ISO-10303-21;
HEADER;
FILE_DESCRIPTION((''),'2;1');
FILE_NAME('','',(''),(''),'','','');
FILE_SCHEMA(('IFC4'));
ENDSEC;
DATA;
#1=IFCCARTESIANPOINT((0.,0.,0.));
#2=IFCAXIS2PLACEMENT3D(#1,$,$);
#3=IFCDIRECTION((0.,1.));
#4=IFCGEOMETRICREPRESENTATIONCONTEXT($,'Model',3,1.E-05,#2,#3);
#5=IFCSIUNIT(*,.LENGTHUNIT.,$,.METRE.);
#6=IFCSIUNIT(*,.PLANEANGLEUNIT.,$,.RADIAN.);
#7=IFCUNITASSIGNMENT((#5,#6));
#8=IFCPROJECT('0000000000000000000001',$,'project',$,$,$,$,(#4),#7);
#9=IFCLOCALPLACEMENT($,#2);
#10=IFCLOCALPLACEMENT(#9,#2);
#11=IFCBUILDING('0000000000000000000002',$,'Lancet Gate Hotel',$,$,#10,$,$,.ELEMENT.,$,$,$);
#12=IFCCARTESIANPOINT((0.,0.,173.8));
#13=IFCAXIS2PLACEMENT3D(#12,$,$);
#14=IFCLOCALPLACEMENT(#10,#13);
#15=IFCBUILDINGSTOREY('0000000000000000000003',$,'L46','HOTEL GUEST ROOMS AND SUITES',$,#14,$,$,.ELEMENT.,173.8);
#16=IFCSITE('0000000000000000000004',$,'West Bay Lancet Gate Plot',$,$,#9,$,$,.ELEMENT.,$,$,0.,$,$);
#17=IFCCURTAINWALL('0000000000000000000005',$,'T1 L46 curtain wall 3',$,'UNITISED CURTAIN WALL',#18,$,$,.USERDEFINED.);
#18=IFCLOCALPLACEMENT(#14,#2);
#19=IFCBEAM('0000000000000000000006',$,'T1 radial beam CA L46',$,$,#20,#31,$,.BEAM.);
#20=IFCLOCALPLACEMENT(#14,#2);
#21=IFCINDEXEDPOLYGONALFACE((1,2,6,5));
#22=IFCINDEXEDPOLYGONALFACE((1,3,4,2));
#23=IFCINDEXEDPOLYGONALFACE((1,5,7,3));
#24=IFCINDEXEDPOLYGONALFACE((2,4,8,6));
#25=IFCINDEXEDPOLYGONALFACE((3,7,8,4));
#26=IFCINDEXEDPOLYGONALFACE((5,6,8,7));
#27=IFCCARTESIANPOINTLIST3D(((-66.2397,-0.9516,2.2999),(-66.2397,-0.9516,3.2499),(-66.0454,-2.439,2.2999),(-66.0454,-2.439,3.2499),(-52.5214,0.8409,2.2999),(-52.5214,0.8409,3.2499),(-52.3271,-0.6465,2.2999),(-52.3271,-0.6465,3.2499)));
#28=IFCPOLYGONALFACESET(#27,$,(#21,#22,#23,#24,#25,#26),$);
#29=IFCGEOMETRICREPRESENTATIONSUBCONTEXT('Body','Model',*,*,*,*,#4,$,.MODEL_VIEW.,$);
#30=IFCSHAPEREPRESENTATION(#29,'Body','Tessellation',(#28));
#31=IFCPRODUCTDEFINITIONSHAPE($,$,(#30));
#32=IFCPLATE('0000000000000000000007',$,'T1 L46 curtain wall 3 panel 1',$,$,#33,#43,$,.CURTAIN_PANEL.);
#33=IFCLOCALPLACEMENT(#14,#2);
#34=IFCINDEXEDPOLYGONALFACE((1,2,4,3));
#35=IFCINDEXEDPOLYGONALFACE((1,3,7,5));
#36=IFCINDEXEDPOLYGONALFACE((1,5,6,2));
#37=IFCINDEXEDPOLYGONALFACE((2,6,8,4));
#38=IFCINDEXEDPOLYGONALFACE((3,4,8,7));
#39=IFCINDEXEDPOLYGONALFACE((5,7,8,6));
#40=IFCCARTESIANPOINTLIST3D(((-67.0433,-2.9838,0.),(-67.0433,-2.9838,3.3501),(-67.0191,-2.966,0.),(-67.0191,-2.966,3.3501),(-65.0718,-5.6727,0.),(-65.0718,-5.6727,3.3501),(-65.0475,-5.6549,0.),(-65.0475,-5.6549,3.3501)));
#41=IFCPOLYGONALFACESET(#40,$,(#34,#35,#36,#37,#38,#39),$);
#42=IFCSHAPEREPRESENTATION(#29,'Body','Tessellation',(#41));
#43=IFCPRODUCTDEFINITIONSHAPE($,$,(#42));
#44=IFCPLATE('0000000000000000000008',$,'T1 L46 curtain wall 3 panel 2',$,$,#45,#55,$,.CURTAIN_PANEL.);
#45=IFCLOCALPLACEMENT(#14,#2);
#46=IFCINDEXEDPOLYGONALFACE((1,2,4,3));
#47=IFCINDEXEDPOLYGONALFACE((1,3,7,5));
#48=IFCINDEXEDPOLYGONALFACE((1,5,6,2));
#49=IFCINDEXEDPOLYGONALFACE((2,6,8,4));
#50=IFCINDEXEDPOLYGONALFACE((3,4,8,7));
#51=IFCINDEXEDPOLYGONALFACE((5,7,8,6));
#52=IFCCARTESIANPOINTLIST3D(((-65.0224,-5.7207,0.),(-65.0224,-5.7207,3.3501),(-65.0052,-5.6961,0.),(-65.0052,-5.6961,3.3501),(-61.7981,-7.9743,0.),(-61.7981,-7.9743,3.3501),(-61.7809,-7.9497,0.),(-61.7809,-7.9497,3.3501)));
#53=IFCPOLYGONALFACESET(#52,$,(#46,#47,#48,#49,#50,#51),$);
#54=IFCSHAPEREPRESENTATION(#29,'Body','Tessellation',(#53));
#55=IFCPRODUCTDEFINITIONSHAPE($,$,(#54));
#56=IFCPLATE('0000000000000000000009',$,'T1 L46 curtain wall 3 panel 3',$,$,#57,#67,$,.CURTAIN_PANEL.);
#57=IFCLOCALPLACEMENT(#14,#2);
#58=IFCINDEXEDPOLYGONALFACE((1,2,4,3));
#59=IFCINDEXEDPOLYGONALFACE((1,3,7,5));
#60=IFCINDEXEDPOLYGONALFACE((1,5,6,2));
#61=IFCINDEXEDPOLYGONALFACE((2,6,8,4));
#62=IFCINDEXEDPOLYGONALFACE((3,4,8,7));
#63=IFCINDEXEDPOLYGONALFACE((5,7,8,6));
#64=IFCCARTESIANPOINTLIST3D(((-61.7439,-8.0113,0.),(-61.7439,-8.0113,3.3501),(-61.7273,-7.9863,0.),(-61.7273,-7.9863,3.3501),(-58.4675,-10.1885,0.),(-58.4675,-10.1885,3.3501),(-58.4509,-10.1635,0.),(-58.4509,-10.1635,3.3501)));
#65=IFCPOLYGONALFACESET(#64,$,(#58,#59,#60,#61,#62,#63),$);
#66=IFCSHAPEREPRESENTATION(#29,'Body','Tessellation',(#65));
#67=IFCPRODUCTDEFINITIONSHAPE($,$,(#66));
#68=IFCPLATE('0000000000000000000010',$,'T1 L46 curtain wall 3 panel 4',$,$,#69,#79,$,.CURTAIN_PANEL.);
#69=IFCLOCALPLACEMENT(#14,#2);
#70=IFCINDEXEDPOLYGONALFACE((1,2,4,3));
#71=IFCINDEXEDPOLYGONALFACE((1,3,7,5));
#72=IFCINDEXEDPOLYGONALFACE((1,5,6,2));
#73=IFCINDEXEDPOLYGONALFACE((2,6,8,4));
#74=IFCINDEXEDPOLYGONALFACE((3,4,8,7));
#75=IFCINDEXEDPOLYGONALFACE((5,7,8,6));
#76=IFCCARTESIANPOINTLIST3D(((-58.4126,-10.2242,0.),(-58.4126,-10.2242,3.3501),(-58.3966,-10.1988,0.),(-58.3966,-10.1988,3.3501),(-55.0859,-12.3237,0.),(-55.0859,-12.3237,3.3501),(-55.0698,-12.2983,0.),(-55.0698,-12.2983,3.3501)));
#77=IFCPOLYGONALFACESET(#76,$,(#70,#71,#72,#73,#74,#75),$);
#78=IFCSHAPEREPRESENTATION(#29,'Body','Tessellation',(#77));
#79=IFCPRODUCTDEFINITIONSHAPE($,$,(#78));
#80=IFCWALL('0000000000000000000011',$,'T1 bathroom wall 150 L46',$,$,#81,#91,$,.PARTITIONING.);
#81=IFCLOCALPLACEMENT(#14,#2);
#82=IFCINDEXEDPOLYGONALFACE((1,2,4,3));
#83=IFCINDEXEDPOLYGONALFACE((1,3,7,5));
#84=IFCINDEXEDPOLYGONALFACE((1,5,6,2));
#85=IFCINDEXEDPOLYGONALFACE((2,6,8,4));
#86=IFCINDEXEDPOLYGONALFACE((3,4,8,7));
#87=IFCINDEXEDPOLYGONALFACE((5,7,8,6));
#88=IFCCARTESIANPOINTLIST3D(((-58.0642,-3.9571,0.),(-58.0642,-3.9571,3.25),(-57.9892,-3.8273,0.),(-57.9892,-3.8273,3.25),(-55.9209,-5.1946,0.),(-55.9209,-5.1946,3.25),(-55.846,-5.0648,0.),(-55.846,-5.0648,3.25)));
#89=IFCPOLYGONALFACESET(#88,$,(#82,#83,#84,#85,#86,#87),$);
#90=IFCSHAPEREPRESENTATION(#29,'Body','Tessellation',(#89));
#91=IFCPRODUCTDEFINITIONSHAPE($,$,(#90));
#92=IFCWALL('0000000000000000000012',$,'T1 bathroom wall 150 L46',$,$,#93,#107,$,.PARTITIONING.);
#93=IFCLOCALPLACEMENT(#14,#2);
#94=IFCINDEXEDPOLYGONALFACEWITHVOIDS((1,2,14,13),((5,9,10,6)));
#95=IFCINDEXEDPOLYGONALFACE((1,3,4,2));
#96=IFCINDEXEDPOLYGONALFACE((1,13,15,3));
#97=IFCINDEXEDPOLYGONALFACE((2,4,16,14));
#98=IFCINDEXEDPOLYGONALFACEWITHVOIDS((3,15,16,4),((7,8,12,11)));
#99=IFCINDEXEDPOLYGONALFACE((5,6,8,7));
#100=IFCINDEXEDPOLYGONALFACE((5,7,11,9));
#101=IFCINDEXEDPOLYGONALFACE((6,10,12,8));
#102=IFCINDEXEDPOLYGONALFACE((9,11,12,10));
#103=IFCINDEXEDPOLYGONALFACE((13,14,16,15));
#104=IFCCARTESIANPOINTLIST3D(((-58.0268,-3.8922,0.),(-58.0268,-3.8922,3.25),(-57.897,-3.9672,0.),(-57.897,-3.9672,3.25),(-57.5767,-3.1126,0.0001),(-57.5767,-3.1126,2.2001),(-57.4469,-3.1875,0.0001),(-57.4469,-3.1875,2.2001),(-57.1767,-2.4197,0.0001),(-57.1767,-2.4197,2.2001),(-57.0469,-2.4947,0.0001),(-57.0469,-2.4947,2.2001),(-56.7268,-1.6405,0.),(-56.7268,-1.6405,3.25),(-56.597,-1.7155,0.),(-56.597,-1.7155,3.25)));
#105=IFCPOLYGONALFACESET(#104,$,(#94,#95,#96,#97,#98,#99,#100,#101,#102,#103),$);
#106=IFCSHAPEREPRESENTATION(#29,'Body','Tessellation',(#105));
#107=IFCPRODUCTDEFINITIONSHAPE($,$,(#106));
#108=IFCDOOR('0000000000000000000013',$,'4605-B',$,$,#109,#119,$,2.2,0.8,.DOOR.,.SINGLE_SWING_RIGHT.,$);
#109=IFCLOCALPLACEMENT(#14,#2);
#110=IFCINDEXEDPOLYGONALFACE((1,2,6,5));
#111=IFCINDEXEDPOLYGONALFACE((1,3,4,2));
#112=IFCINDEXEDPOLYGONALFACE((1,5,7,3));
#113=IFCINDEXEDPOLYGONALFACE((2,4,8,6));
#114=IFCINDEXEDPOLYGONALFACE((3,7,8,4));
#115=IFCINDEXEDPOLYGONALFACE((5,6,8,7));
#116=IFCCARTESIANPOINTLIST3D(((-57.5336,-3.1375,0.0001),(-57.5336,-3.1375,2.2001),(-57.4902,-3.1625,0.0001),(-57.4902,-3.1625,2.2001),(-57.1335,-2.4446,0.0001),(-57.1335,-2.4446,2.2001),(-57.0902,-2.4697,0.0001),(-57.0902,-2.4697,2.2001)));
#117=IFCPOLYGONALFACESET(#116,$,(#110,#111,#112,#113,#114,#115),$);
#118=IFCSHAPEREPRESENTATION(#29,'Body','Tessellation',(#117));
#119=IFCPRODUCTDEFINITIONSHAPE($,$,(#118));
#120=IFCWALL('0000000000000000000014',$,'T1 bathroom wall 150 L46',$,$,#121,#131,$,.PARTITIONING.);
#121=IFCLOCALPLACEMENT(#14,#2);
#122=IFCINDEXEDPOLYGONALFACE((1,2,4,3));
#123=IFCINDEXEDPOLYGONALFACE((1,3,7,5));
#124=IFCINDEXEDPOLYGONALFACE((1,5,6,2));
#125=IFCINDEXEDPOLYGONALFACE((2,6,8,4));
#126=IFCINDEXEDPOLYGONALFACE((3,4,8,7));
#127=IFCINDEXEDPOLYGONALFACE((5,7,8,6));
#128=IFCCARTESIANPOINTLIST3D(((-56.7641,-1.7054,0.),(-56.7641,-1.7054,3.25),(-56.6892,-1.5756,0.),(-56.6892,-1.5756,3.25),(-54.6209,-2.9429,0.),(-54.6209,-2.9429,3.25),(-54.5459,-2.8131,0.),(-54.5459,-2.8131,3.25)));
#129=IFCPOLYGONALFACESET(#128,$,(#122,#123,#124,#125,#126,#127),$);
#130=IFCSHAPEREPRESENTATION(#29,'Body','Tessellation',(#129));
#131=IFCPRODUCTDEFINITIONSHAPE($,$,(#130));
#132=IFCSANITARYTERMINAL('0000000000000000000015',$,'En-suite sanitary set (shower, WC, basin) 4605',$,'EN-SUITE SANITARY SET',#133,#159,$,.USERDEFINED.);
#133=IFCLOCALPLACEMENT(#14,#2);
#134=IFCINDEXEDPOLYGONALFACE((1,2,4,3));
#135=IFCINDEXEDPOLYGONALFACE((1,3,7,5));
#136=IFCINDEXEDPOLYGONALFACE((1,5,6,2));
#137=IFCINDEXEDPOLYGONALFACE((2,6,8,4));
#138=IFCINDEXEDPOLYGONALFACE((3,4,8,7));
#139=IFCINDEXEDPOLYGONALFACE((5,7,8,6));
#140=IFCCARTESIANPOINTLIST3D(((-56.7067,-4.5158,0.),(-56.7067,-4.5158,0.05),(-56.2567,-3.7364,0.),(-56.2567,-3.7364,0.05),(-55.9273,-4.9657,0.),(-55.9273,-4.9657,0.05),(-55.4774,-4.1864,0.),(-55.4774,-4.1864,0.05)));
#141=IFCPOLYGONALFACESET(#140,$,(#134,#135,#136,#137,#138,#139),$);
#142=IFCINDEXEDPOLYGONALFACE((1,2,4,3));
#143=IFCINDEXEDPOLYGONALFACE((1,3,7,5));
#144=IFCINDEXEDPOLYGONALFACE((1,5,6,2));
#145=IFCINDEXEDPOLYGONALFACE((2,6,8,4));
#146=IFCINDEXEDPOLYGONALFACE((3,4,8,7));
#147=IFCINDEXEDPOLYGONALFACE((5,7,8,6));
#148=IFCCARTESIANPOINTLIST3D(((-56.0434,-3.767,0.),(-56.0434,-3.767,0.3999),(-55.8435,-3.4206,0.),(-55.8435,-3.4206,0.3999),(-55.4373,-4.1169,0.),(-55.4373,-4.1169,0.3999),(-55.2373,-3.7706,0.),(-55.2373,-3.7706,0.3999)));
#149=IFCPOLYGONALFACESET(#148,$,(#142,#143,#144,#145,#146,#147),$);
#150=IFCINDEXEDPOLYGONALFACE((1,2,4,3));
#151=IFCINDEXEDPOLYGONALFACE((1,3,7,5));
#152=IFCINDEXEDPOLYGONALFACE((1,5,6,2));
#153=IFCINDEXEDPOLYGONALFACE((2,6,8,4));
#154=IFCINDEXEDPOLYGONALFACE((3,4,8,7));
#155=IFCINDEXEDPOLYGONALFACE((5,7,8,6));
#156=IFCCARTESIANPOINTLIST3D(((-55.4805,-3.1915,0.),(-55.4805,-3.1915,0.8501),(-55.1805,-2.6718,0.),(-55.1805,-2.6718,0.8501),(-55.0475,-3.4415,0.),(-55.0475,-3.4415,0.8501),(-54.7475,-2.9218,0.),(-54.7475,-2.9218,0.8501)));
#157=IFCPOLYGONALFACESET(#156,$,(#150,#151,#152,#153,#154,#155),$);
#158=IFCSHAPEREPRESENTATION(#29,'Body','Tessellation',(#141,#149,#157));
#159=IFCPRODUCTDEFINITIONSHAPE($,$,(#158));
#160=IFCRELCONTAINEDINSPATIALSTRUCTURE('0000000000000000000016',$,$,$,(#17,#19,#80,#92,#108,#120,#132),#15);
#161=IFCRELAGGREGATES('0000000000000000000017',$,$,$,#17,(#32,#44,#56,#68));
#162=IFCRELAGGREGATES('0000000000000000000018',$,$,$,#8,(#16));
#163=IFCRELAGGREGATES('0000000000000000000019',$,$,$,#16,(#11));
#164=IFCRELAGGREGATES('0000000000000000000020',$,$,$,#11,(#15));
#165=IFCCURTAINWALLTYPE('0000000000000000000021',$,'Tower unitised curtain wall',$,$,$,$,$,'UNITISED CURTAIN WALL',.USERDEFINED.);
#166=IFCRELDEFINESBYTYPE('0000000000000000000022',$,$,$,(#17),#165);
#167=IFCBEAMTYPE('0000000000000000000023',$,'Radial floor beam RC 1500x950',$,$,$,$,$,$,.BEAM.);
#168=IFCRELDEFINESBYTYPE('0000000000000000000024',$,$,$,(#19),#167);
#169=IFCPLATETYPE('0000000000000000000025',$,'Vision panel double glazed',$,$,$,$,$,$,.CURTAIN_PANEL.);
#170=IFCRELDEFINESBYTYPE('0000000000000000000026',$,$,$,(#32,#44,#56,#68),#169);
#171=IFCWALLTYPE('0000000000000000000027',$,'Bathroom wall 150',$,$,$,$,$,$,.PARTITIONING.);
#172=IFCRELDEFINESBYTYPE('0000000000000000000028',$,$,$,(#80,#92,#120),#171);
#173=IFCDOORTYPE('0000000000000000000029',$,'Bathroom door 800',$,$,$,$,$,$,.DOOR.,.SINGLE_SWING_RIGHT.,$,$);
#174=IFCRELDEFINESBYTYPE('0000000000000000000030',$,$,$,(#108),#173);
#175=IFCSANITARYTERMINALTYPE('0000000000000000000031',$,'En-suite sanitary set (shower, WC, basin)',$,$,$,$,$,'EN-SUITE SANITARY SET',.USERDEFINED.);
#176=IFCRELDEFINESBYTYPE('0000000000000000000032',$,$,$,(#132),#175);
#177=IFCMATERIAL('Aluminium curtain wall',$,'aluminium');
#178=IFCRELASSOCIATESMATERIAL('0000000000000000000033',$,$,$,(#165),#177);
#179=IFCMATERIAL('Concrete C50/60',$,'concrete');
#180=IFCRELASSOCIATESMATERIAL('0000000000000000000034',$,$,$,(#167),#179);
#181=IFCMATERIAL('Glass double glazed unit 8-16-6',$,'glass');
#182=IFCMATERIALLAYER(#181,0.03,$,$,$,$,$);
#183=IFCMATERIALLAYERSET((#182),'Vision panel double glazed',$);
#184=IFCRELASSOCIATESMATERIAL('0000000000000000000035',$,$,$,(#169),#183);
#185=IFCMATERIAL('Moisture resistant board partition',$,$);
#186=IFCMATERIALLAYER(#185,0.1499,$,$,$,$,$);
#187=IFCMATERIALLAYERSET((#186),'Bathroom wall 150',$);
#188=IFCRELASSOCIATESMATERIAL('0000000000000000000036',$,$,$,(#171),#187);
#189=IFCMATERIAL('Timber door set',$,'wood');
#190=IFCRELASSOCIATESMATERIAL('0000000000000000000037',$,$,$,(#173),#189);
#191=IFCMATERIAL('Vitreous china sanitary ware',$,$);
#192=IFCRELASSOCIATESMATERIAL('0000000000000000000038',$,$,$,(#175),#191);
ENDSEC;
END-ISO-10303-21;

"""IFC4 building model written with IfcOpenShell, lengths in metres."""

from ifc_helpers import new_model, si_unit, direction, frame, frame_2d, origin, origin_2d, place, context, subcontext, project, spatial, rectangle, extrude, material, layer, layer_set, material_profile, profile_set, type_object, element, fill, aggregate, save


model = new_model("IFC4")

# Units and contexts
model_context = context("Model", 3, precision=1e-05, world=origin(), true_north=direction((0.0, 1.0)))
body_context = subcontext(model_context, "Body", "Model", "MODEL_VIEW")
ifc_project = project(units=[si_unit("LENGTHUNIT", "METRE"), si_unit("PLANEANGLEUNIT", "RADIAN")], contexts=[model_context])

# Site, building, storey
site_placement = place(None, origin())
site = spatial("IfcSite", under=ifc_project, at=site_placement, Name="West Bay Lancet Gate Plot", CompositionType="ELEMENT", RefElevation=0.0)
building_placement = place(site_placement, origin())
building = spatial("IfcBuilding", under=site, at=building_placement, Name="Lancet Gate Hotel", CompositionType="ELEMENT")
storey_placement = place(building_placement, frame((0.0, 0.0, 173.8)))
storey = spatial("IfcBuildingStorey", under=building, at=storey_placement, Name="L46", Description="HOTEL GUEST ROOMS AND SUITES", CompositionType="ELEMENT", Elevation=173.8)

# Shared definitions
ifc_material_1 = material(Name="Aluminium curtain wall", Category="aluminium")
curtain_wall_type = type_object("IfcCurtainWallType", Name="Tower unitised curtain wall", ElementType="UNITISED CURTAIN WALL", PredefinedType="USERDEFINED", material=ifc_material_1)

# Curtain wall
curtain_wall_1_placement = place(storey_placement, origin())
curtain_wall_1 = element("IfcCurtainWall", 1, at=curtain_wall_1_placement, inside=storey, type_object=curtain_wall_type, Name="T1 L46 curtain wall 3", ObjectType="UNITISED CURTAIN WALL", PredefinedType="USERDEFINED")

# Beam
ifc_material_2 = material(Name="Concrete C50/60", Category="concrete")
ifc_material_profile_1 = material_profile(ifc_material_2, rectangle(XDim=1.5, YDim=0.95, at=origin_2d()), Name="RC 1500x950")
ifc_profile_set_1 = profile_set([ifc_material_profile_1], Name="Concrete C50/60")
beam_type_1 = type_object("IfcBeamType", Name="Radial floor beam RC 1500x950", PredefinedType="BEAM", material=ifc_profile_set_1)
beam_1_placement = place(storey_placement, frame((-66.1426, -1.6953, 2.7749), z_axis=(0.991571, 0.129562, 0.0), x_axis=(-0.129562, 0.991571, 0.0)))
element("IfcBeam", 2, at=beam_1_placement, inside=storey, type_object=beam_type_1, Name="T1 radial beam CA L46", PredefinedType="BEAM", context=body_context, shape_type="SweptSolid", body=[
    extrude(rectangle(XDim=1.5, YDim=0.95, at=origin_2d()), origin(), (0.0, 0.0, 1.0), 13.835),
])

# Plates
ifc_material_3 = material(Name="Glass double glazed unit 8-16-6", Category="glass")
ifc_layer_1 = layer(ifc_material_3, 0.03)
ifc_layer_set_1 = layer_set([ifc_layer_1], Name="Vision panel double glazed")
plate_type = type_object("IfcPlateType", Name="Vision panel double glazed", PredefinedType="CURTAIN_PANEL", material=ifc_layer_set_1)
plate_1_placement = place(storey_placement, frame((-66.0454, -4.3193, 0.0), z_axis=(0.0, 0.0, 1.0), x_axis=(0.5913, -0.806452, 0.0)))
plate_1 = element("IfcPlate", 3, at=plate_1_placement, type_object=plate_type, Name="T1 L46 curtain wall 3 panel 1", PredefinedType="CURTAIN_PANEL", context=body_context, shape_type="SweptSolid", body=[
    extrude(rectangle(XDim=3.3342, YDim=0.03, at=origin_2d()), origin(), (0.0, 0.0, 1.0), 3.3501),
])
plate_2_placement = place(storey_placement, frame((-63.4016, -6.8352, 0.0), z_axis=(0.0, 0.0, 1.0), x_axis=(0.819631, -0.572892, 0.0)))
plate_2 = element("IfcPlate", 4, at=plate_2_placement, type_object=plate_type, Name="T1 L46 curtain wall 3 panel 2", PredefinedType="CURTAIN_PANEL", context=body_context, shape_type="SweptSolid", body=[
    extrude(rectangle(XDim=3.9338, YDim=0.03, at=origin_2d()), origin(), (0.0, 0.0, 1.0), 3.3501),
])
plate_3_placement = place(storey_placement, frame((-60.0974, -9.0874, 0.0), z_axis=(0.0, 0.0, 1.0), x_axis=(0.832879, -0.553455, 0.0)))
plate_3 = element("IfcPlate", 5, at=plate_3_placement, type_object=plate_type, Name="T1 L46 curtain wall 3 panel 3", PredefinedType="CURTAIN_PANEL", context=body_context, shape_type="SweptSolid", body=[
    extrude(rectangle(XDim=3.9338, YDim=0.03, at=origin_2d()), origin(), (0.0, 0.0, 1.0), 3.3501),
])
plate_4_placement = place(storey_placement, frame((-56.7412, -11.2612, 0.0), z_axis=(0.0, 0.0, 1.0), x_axis=(0.845667, -0.533711, 0.0)))
plate_4 = element("IfcPlate", 6, at=plate_4_placement, type_object=plate_type, Name="T1 L46 curtain wall 3 panel 4", PredefinedType="CURTAIN_PANEL", context=body_context, shape_type="SweptSolid", body=[
    extrude(rectangle(XDim=3.9338, YDim=0.03, at=origin_2d()), origin(), (0.0, 0.0, 1.0), 3.3501),
])
aggregate(curtain_wall_1, [plate_1, plate_2, plate_3, plate_4])

# Wall
ifc_material_4 = material(Name="Moisture resistant board partition")
ifc_layer_2 = layer(ifc_material_4, 0.1499)
ifc_layer_set_2 = layer_set([ifc_layer_2], Name="Bathroom wall 150")
wall_type = type_object("IfcWallType", Name="Bathroom wall 150", PredefinedType="PARTITIONING", material=ifc_layer_set_2)
wall_1_placement = place(storey_placement, frame((-55.8835, -5.1296, 0.0), z_axis=(0.0, 0.0, 1.0), x_axis=(-0.866007, 0.500033, 0.0)))
element("IfcWall", 7, at=wall_1_placement, inside=storey, type_object=wall_type, Name="T1 bathroom wall 150 L46", PredefinedType="PARTITIONING", context=body_context, shape_type="SweptSolid", body=[
    extrude(rectangle(XDim=2.4749, YDim=0.1499, at=frame_2d((1.2373, 0.0))), origin(), (0.0, 0.0, 1.0), 3.25),
])

# Wall, opening, door
wall_2_placement = place(storey_placement, frame((-56.6619, -1.678, 0.0), z_axis=(0.0, 0.0, 1.0), x_axis=(-0.500007, -0.866021, 0.0)))
wall_2 = element("IfcWall", 8, at=wall_2_placement, inside=storey, type_object=wall_type, Name="T1 bathroom wall 150 L46", PredefinedType="PARTITIONING", context=body_context, shape_type="SweptSolid", body=[
    extrude(rectangle(XDim=2.6001, YDim=0.1499, at=frame_2d((1.3, 0.0))), origin(), (0.0, 0.0, 1.0), 3.25),
])
opening_placement = place(wall_2_placement, frame((0.8999, 0.0, 0.0)))
opening = element("IfcOpeningElement", 9, at=opening_placement, cuts=wall_2, PredefinedType="OPENING", context=body_context, shape_type="SweptSolid", body=[
    extrude(rectangle(XDim=0.8, YDim=2.2, at=frame_2d((0.3999, 1.1001))), frame((0.0, 0.085, 0.0), z_axis=(0.0, -1.0, 0.0), x_axis=(1.0, 0.0, 0.0)), (0.0, 0.0, 1.0), 0.1699),
])
ifc_material_5 = material(Name="Timber door set", Category="wood")
door_type = type_object("IfcDoorType", Name="Bathroom door 800", OperationType="SINGLE_SWING_RIGHT", PredefinedType="DOOR", material=ifc_material_5)
door_placement = place(opening_placement, origin())
door = element("IfcDoor", 10, at=door_placement, inside=storey, type_object=door_type, Name="4605-B", OperationType="SINGLE_SWING_RIGHT", OverallHeight=2.2, OverallWidth=0.8, PredefinedType="DOOR", context=body_context, shape_type="SweptSolid", body=[
    extrude(rectangle(XDim=0.8, YDim=2.2, at=frame_2d((0.3999, 1.1001))), frame((0.0, 0.0249, 0.0), z_axis=(0.0, -1.0, 0.0), x_axis=(1.0, 0.0, 0.0)), (0.0, 0.0, 1.0), 0.05),
])
fill(opening, door)

# Wall
wall_3_placement = place(storey_placement, frame((-54.5835, -2.8779, 0.0), z_axis=(0.0, 0.0, 1.0), x_axis=(-0.866007, 0.500033, 0.0)))
element("IfcWall", 11, at=wall_3_placement, inside=storey, type_object=wall_type, Name="T1 bathroom wall 150 L46", PredefinedType="PARTITIONING", context=body_context, shape_type="SweptSolid", body=[
    extrude(rectangle(XDim=2.4749, YDim=0.1499, at=frame_2d((1.2373, 0.0))), origin(), (0.0, 0.0, 1.0), 3.25),
])

# Sanitary terminal
ifc_material_6 = material(Name="Vitreous china sanitary ware")
sanitary_terminal_type = type_object("IfcSanitaryTerminalType", Name="En-suite sanitary set (shower, WC, basin)", ElementType="EN-SUITE SANITARY SET", PredefinedType="USERDEFINED", material=ifc_material_6)
sanitary_terminal_placement = place(storey_placement, frame((-56.092, -4.3511, 0.0), z_axis=(0.0, 0.0, 1.0), x_axis=(1.0, 0.0, 0.0)))
element("IfcSanitaryTerminal", 12, at=sanitary_terminal_placement, inside=storey, type_object=sanitary_terminal_type, Name="En-suite sanitary set (shower, WC, basin) 4605", ObjectType="EN-SUITE SANITARY SET", PredefinedType="USERDEFINED", context=body_context, shape_type="SweptSolid", body=[
    extrude(rectangle(XDim=0.8999, YDim=0.8999, at=origin_2d()), frame((0.0, 0.0, 0.0), z_axis=(0.0, 0.0, 1.0), x_axis=(-0.5, -0.866025, 0.0)), (0.0, 0.0, 1.0), 0.05),
    extrude(rectangle(XDim=0.3999, YDim=0.7, at=origin_2d()), frame((0.4517, 0.5823, 0.0), z_axis=(0.0, 0.0, 1.0), x_axis=(-0.5, -0.866025, 0.0)), (0.0, 0.0, 1.0), 0.3999),
    extrude(rectangle(XDim=0.6001, YDim=0.5, at=origin_2d()), frame((0.978, 1.2944, 0.0), z_axis=(0.0, 0.0, 1.0), x_axis=(-0.5, -0.866025, 0.0)), (0.0, 0.0, 1.0), 0.8501),
])

save(model, "model.ifc")
